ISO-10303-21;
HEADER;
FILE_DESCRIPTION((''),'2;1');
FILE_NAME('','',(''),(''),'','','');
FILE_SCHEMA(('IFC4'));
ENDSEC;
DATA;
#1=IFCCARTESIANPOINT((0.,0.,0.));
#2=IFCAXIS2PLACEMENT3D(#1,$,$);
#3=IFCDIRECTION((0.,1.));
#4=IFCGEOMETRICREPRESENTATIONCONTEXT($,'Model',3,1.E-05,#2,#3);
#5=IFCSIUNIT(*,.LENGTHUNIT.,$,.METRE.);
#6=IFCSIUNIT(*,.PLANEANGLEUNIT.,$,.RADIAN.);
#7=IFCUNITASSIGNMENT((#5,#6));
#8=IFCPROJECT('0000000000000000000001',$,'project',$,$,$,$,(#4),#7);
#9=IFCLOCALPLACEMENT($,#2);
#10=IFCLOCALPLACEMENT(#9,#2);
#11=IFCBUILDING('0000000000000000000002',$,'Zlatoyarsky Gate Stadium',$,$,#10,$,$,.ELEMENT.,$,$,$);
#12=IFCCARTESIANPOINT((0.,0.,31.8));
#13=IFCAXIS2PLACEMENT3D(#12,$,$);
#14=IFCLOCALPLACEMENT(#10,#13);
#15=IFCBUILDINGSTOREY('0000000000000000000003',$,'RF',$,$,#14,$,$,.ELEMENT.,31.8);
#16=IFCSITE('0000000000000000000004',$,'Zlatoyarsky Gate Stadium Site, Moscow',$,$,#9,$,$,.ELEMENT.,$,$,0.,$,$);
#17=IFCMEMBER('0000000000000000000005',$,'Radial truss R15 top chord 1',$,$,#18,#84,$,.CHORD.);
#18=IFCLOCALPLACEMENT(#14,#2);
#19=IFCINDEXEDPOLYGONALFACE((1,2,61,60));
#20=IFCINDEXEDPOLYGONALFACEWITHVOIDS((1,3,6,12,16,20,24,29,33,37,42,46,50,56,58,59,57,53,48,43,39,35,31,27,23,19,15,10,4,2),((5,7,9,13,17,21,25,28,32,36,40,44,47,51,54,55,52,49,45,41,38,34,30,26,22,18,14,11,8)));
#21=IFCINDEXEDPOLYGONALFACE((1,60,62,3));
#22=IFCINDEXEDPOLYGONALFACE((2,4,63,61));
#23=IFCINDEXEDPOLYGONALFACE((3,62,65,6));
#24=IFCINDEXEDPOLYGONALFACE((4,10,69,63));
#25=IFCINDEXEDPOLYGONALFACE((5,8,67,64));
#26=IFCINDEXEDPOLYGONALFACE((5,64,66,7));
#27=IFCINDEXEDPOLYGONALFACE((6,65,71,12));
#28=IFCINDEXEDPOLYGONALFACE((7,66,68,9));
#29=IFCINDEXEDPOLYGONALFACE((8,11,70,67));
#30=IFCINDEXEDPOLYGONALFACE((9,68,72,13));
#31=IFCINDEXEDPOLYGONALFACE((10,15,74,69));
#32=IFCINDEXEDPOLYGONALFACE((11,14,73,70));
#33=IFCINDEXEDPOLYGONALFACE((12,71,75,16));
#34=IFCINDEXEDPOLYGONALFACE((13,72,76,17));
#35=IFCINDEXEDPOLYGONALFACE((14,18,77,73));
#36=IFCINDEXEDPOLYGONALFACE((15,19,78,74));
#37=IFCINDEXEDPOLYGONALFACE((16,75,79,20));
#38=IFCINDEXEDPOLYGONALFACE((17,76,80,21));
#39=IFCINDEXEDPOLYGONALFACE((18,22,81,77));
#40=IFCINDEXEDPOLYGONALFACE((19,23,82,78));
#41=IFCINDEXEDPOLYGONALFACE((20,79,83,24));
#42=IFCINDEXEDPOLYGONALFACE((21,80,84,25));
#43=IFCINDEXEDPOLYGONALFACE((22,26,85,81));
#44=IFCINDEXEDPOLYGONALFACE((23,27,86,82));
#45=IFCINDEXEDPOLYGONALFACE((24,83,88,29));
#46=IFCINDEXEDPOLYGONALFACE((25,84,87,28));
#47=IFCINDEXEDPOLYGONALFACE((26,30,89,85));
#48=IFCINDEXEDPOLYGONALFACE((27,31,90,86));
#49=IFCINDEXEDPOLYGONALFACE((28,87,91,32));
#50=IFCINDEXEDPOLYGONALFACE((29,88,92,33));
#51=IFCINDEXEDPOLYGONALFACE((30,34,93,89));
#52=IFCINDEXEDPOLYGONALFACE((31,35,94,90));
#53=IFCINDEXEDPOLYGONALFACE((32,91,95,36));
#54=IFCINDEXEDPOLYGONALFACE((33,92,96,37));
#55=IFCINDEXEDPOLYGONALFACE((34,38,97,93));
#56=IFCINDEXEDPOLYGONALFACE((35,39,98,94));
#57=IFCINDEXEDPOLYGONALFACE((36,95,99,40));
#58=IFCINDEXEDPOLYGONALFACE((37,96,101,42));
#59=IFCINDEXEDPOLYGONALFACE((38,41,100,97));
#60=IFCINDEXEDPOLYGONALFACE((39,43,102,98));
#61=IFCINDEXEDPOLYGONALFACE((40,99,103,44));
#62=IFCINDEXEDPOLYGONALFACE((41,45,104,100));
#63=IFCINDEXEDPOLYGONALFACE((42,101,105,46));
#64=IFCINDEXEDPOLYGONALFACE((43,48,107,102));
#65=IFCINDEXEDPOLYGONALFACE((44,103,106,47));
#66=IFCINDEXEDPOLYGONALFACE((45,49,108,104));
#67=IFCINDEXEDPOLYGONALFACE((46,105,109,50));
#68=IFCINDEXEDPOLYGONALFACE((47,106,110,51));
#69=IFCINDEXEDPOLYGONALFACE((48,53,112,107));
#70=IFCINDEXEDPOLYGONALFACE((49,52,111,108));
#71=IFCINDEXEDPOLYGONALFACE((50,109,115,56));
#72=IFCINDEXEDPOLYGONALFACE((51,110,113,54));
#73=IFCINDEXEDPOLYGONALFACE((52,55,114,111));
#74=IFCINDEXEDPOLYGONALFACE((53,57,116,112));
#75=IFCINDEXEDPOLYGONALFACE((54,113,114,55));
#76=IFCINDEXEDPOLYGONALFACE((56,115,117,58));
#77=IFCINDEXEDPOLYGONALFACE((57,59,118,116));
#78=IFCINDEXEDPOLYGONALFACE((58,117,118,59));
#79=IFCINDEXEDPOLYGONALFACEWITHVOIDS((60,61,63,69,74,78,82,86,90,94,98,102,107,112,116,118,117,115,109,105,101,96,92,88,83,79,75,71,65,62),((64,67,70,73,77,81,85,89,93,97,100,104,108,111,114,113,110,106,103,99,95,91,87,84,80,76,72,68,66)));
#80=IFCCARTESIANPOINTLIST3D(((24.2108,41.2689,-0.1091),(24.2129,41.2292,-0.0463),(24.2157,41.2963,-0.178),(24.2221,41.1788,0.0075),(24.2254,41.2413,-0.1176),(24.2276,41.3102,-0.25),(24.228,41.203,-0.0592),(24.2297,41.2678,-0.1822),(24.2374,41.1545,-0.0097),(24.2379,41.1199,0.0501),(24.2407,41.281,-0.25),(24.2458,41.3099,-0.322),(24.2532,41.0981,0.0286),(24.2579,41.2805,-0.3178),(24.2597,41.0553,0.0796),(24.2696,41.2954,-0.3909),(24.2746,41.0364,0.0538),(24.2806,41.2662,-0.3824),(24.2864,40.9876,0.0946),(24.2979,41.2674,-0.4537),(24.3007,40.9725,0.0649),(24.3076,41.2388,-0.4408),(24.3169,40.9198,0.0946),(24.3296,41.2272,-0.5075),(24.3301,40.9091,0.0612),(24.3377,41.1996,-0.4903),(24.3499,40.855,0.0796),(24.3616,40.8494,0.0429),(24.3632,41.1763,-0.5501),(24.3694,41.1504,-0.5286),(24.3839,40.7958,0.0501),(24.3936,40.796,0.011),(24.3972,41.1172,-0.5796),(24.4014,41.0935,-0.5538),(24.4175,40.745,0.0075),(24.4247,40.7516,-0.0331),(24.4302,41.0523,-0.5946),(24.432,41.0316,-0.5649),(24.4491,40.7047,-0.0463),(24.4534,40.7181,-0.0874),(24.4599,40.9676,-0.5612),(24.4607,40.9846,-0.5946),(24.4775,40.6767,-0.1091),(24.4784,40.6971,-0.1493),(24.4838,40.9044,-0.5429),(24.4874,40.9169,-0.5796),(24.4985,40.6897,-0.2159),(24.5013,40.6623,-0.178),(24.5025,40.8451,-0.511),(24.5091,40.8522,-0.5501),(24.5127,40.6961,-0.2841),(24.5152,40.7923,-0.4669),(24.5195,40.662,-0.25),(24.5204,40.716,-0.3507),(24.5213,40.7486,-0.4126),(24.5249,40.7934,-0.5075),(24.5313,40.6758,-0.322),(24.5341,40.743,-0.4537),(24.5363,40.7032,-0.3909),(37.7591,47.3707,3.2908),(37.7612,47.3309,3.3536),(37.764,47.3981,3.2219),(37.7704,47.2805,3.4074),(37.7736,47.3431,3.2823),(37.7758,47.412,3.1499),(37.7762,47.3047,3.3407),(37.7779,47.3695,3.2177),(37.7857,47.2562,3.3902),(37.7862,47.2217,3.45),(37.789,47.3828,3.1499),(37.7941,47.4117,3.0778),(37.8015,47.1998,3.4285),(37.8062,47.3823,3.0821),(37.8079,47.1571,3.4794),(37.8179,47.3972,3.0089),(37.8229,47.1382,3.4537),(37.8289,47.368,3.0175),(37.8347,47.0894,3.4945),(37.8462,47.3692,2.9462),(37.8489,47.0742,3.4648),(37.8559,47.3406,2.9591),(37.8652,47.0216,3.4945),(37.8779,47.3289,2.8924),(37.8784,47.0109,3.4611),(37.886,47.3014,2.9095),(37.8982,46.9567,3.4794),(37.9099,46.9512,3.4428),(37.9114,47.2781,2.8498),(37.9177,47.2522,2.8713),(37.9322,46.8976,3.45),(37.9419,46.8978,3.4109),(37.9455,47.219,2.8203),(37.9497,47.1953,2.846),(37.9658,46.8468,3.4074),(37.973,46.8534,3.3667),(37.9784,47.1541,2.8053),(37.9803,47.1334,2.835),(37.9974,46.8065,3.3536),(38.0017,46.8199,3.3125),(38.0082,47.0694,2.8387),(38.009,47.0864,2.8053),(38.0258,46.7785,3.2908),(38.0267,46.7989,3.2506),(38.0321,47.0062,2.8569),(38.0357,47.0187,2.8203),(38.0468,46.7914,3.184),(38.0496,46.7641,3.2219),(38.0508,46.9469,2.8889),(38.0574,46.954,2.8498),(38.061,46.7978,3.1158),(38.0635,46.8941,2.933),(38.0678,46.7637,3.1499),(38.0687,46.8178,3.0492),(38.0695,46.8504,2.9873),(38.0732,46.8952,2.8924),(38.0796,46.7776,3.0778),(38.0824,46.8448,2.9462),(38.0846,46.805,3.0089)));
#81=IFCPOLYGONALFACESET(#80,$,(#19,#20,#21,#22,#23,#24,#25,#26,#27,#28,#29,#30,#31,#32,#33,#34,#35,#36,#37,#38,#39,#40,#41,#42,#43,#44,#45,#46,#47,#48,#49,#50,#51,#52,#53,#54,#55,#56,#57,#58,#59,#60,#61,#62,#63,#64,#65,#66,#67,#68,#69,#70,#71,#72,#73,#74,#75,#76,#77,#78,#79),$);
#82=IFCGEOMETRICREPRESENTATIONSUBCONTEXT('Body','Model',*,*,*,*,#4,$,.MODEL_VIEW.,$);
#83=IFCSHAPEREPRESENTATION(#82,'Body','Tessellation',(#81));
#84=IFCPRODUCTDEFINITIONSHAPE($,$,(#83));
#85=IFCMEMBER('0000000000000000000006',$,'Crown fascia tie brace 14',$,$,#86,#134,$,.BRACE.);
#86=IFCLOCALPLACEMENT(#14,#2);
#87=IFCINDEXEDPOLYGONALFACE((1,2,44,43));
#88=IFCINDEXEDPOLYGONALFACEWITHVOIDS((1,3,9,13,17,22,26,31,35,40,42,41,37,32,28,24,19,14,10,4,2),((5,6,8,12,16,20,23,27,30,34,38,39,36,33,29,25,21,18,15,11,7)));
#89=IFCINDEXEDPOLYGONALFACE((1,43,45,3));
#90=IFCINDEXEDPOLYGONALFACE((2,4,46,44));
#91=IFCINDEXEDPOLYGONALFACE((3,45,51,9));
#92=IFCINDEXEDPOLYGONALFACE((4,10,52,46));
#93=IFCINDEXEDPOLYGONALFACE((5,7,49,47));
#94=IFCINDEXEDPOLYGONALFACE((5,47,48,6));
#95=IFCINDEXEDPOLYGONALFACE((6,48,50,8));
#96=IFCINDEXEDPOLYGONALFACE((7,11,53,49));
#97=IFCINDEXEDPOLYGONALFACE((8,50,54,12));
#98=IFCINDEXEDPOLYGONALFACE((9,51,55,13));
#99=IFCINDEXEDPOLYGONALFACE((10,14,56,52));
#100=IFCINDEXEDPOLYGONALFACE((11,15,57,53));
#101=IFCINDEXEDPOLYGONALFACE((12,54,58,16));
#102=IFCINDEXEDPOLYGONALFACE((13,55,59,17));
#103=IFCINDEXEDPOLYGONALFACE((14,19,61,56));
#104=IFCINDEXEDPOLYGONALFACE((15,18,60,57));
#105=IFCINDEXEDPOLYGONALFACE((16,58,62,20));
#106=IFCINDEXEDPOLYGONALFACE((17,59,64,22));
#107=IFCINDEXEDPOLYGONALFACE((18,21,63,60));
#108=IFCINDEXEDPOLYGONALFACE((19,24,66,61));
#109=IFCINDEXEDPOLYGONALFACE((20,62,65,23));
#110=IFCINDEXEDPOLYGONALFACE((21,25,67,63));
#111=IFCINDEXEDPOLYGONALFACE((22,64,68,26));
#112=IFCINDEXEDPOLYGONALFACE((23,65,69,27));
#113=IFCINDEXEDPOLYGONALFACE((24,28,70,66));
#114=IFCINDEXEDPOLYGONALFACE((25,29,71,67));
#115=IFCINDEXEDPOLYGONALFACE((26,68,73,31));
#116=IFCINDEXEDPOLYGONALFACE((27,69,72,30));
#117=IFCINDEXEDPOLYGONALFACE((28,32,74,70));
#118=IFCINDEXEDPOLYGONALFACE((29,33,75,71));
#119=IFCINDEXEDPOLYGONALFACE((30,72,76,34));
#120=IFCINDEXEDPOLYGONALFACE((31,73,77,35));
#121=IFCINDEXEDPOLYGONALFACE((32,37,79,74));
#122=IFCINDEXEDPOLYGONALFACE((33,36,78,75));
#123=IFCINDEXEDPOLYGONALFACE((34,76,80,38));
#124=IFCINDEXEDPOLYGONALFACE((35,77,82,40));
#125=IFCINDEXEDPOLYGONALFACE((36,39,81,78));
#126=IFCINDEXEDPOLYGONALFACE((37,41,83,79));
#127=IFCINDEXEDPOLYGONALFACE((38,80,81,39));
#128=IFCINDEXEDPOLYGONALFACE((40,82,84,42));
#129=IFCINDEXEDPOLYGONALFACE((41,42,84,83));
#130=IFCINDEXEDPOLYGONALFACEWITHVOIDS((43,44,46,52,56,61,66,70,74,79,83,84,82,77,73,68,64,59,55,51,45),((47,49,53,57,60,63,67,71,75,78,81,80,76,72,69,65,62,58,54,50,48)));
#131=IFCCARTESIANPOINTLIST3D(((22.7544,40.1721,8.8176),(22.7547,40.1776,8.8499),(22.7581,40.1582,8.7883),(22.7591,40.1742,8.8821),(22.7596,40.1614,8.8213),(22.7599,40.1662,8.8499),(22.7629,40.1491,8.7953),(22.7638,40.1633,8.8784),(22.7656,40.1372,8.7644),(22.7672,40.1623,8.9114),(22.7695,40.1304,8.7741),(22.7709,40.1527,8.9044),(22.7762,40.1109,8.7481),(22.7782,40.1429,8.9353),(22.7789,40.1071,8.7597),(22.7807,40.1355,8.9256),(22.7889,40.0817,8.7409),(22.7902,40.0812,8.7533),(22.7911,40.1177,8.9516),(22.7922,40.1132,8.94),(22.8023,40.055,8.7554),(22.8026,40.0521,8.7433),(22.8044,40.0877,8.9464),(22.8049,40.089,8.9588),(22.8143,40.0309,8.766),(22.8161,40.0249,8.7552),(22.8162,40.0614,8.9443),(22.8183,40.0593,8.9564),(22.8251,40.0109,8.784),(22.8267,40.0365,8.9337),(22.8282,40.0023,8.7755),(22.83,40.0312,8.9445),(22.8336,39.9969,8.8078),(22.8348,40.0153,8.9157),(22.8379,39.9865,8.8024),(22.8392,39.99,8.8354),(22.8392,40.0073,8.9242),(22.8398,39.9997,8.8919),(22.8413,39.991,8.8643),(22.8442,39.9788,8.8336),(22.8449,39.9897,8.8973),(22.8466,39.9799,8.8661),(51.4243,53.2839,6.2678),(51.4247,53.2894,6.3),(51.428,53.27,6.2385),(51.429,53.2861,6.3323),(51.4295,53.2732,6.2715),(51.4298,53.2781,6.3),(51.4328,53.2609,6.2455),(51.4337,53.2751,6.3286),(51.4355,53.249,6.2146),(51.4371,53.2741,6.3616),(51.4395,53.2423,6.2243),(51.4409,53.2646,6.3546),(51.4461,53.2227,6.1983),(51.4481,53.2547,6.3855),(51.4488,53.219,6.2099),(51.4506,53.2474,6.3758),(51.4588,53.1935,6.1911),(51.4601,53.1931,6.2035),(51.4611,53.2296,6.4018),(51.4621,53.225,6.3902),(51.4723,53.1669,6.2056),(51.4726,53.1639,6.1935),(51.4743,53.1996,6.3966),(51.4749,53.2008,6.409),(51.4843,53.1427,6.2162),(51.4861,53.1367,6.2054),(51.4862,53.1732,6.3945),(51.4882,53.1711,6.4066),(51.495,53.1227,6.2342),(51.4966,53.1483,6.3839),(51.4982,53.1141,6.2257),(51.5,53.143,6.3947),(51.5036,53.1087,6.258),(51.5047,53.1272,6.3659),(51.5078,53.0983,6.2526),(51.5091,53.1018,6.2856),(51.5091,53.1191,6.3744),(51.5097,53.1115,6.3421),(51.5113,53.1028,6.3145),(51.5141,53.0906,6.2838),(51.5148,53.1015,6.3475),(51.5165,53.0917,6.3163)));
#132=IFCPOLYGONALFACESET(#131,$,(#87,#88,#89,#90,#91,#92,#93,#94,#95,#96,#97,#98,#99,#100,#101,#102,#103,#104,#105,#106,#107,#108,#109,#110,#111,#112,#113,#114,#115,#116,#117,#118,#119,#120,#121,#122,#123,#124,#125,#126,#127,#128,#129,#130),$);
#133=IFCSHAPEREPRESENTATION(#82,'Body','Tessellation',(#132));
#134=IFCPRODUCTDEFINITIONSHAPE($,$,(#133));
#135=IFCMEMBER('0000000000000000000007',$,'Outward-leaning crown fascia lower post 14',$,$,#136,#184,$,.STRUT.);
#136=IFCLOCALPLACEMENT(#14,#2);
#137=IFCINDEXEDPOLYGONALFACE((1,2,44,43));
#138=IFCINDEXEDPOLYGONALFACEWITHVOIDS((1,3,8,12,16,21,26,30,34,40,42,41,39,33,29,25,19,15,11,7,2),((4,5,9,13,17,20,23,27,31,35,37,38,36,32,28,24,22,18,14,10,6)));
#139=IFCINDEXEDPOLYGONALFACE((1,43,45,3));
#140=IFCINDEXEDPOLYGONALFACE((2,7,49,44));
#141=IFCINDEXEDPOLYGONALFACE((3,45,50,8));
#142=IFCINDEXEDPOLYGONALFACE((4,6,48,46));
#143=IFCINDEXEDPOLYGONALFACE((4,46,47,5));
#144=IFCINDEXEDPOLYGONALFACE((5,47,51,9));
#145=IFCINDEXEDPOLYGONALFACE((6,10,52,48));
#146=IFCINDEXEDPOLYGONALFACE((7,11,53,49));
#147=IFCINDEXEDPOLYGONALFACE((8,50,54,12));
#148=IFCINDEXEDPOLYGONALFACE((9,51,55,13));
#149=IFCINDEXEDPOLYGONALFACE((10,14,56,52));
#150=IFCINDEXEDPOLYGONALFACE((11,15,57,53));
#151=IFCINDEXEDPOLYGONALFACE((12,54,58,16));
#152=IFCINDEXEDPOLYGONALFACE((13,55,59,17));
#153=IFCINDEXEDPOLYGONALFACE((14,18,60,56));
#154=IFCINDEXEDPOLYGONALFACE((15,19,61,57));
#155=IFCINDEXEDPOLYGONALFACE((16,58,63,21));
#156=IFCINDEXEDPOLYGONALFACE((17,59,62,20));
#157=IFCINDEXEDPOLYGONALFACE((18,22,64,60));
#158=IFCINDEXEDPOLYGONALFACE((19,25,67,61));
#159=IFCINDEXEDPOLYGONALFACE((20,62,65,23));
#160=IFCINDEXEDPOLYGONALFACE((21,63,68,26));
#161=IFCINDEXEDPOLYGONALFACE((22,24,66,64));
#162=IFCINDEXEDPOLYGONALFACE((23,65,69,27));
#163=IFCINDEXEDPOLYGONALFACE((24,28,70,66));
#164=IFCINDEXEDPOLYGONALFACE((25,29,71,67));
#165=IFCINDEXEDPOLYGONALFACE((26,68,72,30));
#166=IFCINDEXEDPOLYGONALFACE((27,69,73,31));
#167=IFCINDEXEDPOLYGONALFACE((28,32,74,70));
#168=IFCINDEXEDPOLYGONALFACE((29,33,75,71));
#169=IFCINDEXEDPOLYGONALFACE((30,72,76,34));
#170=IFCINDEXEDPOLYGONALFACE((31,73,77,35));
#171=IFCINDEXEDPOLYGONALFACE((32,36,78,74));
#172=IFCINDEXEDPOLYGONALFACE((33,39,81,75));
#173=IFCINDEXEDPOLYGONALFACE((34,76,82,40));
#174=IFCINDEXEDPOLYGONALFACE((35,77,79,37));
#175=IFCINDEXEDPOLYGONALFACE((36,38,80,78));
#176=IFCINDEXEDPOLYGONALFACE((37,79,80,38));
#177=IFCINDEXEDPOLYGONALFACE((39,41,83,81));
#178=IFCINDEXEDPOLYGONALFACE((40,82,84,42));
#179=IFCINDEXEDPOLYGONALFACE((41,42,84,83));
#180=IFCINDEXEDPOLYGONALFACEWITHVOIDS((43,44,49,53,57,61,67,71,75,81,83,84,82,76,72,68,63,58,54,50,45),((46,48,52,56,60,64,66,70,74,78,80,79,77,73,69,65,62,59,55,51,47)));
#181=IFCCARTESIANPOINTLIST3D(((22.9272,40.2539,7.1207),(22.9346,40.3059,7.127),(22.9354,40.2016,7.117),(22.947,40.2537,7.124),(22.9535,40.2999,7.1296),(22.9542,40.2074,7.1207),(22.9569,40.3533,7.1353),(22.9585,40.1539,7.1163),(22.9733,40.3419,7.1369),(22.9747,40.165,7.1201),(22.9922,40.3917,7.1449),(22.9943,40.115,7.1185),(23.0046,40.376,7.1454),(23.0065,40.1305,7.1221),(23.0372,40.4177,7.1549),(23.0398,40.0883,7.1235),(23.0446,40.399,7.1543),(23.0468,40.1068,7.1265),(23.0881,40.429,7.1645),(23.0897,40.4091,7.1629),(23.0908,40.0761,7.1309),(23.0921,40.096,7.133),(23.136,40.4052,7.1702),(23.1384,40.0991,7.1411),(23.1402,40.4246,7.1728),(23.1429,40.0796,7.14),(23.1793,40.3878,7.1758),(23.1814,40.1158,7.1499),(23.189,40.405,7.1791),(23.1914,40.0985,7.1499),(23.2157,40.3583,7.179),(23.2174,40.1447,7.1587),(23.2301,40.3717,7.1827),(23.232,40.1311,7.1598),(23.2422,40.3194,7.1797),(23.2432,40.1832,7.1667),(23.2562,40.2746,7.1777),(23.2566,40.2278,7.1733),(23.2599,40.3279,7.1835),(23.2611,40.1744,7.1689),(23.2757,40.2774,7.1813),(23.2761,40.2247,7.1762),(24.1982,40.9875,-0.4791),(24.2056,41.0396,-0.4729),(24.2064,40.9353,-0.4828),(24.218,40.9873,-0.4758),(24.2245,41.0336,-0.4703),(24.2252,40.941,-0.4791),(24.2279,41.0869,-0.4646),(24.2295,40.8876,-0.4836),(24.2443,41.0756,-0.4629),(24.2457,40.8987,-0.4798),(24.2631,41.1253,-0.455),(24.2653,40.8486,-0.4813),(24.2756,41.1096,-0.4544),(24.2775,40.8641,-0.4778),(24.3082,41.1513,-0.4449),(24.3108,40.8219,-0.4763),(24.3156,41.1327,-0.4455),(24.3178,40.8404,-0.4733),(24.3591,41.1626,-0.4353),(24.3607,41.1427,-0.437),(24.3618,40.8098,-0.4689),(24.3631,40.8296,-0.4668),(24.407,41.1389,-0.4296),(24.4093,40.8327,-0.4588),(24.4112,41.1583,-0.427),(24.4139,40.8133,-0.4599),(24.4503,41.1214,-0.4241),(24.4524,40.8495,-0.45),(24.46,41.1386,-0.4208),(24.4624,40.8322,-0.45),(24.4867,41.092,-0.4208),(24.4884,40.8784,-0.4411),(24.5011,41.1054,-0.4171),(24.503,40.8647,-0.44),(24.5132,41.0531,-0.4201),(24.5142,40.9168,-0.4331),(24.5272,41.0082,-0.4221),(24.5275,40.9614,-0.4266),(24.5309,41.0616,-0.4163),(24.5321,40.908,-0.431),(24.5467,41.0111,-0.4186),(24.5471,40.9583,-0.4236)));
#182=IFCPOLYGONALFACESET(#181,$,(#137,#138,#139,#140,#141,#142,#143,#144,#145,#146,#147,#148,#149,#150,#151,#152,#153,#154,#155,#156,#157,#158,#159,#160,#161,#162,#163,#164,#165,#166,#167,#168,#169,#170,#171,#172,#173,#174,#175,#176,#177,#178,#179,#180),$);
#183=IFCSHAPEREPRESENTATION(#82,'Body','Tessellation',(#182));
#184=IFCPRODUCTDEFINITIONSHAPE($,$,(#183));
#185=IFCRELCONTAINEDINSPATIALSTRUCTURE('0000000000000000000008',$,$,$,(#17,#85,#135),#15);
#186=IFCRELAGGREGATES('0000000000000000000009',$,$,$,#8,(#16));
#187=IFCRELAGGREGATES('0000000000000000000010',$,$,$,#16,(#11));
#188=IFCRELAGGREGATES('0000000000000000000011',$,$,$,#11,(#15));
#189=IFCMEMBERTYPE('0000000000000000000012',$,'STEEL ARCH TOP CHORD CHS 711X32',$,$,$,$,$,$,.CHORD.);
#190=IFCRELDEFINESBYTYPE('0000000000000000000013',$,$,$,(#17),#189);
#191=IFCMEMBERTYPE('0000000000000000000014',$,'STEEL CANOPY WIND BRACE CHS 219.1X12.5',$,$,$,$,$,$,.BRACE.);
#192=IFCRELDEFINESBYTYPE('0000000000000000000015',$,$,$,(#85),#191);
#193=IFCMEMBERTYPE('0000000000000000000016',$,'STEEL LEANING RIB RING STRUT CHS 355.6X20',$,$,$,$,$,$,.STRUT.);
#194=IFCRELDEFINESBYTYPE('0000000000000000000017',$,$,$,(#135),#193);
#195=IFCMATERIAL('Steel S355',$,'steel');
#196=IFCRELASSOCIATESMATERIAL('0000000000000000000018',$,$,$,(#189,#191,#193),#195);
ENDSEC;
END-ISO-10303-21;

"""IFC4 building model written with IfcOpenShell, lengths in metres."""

from ifc_helpers import new_model, si_unit, direction, frame, origin, origin_2d, place, context, subcontext, project, spatial, hollow_circle, extrude, material, material_profile, profile_set, type_object, element, save


model = new_model("IFC4")

# Units and contexts
model_context = context("Model", 3, precision=1e-05, world=origin(), true_north=direction((0.0, 1.0)))
body_context = subcontext(model_context, "Body", "Model", "MODEL_VIEW")
ifc_project = project(units=[si_unit("LENGTHUNIT", "METRE"), si_unit("PLANEANGLEUNIT", "RADIAN")], contexts=[model_context])

# Site, building, storey
site_placement = place(None, origin())
site = spatial("IfcSite", under=ifc_project, at=site_placement, Name="Zlatoyarsky Gate Stadium Site, Moscow", CompositionType="ELEMENT", RefElevation=0.0)
building_placement = place(site_placement, origin())
building = spatial("IfcBuilding", under=site, at=building_placement, Name="Zlatoyarsky Gate Stadium", CompositionType="ELEMENT")
storey_placement = place(building_placement, frame((0.0, 0.0, 31.8)))
storey = spatial("IfcBuildingStorey", under=building, at=storey_placement, Name="RF", CompositionType="ELEMENT", Elevation=31.8)

# Members
ifc_material_1 = material(Name="Steel S355", Category="steel")
ifc_material_profile_1 = material_profile(ifc_material_1, hollow_circle(Radius=0.3555, WallThickness=0.032, at=origin_2d()), Name="CHS 711X32")
ifc_profile_set_1 = profile_set([ifc_material_profile_1], Name="Steel S355")
member_type_1 = type_object("IfcMemberType", Name="STEEL ARCH TOP CHORD CHS 711X32", PredefinedType="CHORD", material=ifc_profile_set_1)
member_1_placement = place(storey_placement, frame((24.3735, 40.9861, -0.25), z_axis=(0.888824, 0.400302, 0.223047), x_axis=(-0.410647, 0.911794, 0.0)))
element("IfcMember", 1, at=member_1_placement, inside=storey, type_object=member_type_1, Name="Radial truss R15 top chord 1", PredefinedType="CHORD", context=body_context, shape_type="SweptSolid", body=[
    extrude(hollow_circle(Radius=0.3555, WallThickness=0.032, at=origin_2d()), origin(), (0.0, 0.0, 1.0), 15.2429),
])
ifc_material_profile_2 = material_profile(ifc_material_1, hollow_circle(Radius=0.1096, WallThickness=0.0125, at=origin_2d()), Name="CHS 219.1X12.5")
ifc_profile_set_2 = profile_set([ifc_material_profile_2], Name="Steel S355")
member_type_2 = type_object("IfcMemberType", Name="STEEL CANOPY WIND BRACE CHS 219.1X12.5", PredefinedType="BRACE", material=ifc_profile_set_2)
member_2_placement = place(storey_placement, frame((22.8003, 40.0779, 8.8499), z_axis=(0.906448, 0.414552, -0.080616), x_axis=(-0.415906, 0.909408, 0.0)))
element("IfcMember", 2, at=member_2_placement, inside=storey, type_object=member_type_2, Name="Crown fascia tie brace 14", PredefinedType="BRACE", context=body_context, shape_type="SweptSolid", body=[
    extrude(hollow_circle(Radius=0.1096, WallThickness=0.0125, at=origin_2d()), origin(), (0.0, 0.0, 1.0), 31.6289),
])
ifc_material_profile_3 = material_profile(ifc_material_1, hollow_circle(Radius=0.1777, WallThickness=0.02, at=origin_2d()), Name="CHS 355.6X20")
ifc_profile_set_3 = profile_set([ifc_material_profile_3], Name="Steel S355")
member_type_3 = type_object("IfcMemberType", Name="STEEL LEANING RIB RING STRUT CHS 355.6X20", PredefinedType="STRUT", material=ifc_profile_set_3)
member_3_placement = place(storey_placement, frame((24.3735, 40.9861, -0.45), z_axis=(-0.164206, -0.094783, 0.981862), x_axis=(0.499914, -0.866075, 0.0)))
element("IfcMember", 3, at=member_3_placement, inside=storey, type_object=member_type_3, Name="Outward-leaning crown fascia lower post 14", PredefinedType="STRUT", context=body_context, shape_type="SweptSolid", body=[
    extrude(hollow_circle(Radius=0.1777, WallThickness=0.02, at=origin_2d()), origin(), (0.0, 0.0, 1.0), 7.7402),
])

save(model, "model.ifc")
